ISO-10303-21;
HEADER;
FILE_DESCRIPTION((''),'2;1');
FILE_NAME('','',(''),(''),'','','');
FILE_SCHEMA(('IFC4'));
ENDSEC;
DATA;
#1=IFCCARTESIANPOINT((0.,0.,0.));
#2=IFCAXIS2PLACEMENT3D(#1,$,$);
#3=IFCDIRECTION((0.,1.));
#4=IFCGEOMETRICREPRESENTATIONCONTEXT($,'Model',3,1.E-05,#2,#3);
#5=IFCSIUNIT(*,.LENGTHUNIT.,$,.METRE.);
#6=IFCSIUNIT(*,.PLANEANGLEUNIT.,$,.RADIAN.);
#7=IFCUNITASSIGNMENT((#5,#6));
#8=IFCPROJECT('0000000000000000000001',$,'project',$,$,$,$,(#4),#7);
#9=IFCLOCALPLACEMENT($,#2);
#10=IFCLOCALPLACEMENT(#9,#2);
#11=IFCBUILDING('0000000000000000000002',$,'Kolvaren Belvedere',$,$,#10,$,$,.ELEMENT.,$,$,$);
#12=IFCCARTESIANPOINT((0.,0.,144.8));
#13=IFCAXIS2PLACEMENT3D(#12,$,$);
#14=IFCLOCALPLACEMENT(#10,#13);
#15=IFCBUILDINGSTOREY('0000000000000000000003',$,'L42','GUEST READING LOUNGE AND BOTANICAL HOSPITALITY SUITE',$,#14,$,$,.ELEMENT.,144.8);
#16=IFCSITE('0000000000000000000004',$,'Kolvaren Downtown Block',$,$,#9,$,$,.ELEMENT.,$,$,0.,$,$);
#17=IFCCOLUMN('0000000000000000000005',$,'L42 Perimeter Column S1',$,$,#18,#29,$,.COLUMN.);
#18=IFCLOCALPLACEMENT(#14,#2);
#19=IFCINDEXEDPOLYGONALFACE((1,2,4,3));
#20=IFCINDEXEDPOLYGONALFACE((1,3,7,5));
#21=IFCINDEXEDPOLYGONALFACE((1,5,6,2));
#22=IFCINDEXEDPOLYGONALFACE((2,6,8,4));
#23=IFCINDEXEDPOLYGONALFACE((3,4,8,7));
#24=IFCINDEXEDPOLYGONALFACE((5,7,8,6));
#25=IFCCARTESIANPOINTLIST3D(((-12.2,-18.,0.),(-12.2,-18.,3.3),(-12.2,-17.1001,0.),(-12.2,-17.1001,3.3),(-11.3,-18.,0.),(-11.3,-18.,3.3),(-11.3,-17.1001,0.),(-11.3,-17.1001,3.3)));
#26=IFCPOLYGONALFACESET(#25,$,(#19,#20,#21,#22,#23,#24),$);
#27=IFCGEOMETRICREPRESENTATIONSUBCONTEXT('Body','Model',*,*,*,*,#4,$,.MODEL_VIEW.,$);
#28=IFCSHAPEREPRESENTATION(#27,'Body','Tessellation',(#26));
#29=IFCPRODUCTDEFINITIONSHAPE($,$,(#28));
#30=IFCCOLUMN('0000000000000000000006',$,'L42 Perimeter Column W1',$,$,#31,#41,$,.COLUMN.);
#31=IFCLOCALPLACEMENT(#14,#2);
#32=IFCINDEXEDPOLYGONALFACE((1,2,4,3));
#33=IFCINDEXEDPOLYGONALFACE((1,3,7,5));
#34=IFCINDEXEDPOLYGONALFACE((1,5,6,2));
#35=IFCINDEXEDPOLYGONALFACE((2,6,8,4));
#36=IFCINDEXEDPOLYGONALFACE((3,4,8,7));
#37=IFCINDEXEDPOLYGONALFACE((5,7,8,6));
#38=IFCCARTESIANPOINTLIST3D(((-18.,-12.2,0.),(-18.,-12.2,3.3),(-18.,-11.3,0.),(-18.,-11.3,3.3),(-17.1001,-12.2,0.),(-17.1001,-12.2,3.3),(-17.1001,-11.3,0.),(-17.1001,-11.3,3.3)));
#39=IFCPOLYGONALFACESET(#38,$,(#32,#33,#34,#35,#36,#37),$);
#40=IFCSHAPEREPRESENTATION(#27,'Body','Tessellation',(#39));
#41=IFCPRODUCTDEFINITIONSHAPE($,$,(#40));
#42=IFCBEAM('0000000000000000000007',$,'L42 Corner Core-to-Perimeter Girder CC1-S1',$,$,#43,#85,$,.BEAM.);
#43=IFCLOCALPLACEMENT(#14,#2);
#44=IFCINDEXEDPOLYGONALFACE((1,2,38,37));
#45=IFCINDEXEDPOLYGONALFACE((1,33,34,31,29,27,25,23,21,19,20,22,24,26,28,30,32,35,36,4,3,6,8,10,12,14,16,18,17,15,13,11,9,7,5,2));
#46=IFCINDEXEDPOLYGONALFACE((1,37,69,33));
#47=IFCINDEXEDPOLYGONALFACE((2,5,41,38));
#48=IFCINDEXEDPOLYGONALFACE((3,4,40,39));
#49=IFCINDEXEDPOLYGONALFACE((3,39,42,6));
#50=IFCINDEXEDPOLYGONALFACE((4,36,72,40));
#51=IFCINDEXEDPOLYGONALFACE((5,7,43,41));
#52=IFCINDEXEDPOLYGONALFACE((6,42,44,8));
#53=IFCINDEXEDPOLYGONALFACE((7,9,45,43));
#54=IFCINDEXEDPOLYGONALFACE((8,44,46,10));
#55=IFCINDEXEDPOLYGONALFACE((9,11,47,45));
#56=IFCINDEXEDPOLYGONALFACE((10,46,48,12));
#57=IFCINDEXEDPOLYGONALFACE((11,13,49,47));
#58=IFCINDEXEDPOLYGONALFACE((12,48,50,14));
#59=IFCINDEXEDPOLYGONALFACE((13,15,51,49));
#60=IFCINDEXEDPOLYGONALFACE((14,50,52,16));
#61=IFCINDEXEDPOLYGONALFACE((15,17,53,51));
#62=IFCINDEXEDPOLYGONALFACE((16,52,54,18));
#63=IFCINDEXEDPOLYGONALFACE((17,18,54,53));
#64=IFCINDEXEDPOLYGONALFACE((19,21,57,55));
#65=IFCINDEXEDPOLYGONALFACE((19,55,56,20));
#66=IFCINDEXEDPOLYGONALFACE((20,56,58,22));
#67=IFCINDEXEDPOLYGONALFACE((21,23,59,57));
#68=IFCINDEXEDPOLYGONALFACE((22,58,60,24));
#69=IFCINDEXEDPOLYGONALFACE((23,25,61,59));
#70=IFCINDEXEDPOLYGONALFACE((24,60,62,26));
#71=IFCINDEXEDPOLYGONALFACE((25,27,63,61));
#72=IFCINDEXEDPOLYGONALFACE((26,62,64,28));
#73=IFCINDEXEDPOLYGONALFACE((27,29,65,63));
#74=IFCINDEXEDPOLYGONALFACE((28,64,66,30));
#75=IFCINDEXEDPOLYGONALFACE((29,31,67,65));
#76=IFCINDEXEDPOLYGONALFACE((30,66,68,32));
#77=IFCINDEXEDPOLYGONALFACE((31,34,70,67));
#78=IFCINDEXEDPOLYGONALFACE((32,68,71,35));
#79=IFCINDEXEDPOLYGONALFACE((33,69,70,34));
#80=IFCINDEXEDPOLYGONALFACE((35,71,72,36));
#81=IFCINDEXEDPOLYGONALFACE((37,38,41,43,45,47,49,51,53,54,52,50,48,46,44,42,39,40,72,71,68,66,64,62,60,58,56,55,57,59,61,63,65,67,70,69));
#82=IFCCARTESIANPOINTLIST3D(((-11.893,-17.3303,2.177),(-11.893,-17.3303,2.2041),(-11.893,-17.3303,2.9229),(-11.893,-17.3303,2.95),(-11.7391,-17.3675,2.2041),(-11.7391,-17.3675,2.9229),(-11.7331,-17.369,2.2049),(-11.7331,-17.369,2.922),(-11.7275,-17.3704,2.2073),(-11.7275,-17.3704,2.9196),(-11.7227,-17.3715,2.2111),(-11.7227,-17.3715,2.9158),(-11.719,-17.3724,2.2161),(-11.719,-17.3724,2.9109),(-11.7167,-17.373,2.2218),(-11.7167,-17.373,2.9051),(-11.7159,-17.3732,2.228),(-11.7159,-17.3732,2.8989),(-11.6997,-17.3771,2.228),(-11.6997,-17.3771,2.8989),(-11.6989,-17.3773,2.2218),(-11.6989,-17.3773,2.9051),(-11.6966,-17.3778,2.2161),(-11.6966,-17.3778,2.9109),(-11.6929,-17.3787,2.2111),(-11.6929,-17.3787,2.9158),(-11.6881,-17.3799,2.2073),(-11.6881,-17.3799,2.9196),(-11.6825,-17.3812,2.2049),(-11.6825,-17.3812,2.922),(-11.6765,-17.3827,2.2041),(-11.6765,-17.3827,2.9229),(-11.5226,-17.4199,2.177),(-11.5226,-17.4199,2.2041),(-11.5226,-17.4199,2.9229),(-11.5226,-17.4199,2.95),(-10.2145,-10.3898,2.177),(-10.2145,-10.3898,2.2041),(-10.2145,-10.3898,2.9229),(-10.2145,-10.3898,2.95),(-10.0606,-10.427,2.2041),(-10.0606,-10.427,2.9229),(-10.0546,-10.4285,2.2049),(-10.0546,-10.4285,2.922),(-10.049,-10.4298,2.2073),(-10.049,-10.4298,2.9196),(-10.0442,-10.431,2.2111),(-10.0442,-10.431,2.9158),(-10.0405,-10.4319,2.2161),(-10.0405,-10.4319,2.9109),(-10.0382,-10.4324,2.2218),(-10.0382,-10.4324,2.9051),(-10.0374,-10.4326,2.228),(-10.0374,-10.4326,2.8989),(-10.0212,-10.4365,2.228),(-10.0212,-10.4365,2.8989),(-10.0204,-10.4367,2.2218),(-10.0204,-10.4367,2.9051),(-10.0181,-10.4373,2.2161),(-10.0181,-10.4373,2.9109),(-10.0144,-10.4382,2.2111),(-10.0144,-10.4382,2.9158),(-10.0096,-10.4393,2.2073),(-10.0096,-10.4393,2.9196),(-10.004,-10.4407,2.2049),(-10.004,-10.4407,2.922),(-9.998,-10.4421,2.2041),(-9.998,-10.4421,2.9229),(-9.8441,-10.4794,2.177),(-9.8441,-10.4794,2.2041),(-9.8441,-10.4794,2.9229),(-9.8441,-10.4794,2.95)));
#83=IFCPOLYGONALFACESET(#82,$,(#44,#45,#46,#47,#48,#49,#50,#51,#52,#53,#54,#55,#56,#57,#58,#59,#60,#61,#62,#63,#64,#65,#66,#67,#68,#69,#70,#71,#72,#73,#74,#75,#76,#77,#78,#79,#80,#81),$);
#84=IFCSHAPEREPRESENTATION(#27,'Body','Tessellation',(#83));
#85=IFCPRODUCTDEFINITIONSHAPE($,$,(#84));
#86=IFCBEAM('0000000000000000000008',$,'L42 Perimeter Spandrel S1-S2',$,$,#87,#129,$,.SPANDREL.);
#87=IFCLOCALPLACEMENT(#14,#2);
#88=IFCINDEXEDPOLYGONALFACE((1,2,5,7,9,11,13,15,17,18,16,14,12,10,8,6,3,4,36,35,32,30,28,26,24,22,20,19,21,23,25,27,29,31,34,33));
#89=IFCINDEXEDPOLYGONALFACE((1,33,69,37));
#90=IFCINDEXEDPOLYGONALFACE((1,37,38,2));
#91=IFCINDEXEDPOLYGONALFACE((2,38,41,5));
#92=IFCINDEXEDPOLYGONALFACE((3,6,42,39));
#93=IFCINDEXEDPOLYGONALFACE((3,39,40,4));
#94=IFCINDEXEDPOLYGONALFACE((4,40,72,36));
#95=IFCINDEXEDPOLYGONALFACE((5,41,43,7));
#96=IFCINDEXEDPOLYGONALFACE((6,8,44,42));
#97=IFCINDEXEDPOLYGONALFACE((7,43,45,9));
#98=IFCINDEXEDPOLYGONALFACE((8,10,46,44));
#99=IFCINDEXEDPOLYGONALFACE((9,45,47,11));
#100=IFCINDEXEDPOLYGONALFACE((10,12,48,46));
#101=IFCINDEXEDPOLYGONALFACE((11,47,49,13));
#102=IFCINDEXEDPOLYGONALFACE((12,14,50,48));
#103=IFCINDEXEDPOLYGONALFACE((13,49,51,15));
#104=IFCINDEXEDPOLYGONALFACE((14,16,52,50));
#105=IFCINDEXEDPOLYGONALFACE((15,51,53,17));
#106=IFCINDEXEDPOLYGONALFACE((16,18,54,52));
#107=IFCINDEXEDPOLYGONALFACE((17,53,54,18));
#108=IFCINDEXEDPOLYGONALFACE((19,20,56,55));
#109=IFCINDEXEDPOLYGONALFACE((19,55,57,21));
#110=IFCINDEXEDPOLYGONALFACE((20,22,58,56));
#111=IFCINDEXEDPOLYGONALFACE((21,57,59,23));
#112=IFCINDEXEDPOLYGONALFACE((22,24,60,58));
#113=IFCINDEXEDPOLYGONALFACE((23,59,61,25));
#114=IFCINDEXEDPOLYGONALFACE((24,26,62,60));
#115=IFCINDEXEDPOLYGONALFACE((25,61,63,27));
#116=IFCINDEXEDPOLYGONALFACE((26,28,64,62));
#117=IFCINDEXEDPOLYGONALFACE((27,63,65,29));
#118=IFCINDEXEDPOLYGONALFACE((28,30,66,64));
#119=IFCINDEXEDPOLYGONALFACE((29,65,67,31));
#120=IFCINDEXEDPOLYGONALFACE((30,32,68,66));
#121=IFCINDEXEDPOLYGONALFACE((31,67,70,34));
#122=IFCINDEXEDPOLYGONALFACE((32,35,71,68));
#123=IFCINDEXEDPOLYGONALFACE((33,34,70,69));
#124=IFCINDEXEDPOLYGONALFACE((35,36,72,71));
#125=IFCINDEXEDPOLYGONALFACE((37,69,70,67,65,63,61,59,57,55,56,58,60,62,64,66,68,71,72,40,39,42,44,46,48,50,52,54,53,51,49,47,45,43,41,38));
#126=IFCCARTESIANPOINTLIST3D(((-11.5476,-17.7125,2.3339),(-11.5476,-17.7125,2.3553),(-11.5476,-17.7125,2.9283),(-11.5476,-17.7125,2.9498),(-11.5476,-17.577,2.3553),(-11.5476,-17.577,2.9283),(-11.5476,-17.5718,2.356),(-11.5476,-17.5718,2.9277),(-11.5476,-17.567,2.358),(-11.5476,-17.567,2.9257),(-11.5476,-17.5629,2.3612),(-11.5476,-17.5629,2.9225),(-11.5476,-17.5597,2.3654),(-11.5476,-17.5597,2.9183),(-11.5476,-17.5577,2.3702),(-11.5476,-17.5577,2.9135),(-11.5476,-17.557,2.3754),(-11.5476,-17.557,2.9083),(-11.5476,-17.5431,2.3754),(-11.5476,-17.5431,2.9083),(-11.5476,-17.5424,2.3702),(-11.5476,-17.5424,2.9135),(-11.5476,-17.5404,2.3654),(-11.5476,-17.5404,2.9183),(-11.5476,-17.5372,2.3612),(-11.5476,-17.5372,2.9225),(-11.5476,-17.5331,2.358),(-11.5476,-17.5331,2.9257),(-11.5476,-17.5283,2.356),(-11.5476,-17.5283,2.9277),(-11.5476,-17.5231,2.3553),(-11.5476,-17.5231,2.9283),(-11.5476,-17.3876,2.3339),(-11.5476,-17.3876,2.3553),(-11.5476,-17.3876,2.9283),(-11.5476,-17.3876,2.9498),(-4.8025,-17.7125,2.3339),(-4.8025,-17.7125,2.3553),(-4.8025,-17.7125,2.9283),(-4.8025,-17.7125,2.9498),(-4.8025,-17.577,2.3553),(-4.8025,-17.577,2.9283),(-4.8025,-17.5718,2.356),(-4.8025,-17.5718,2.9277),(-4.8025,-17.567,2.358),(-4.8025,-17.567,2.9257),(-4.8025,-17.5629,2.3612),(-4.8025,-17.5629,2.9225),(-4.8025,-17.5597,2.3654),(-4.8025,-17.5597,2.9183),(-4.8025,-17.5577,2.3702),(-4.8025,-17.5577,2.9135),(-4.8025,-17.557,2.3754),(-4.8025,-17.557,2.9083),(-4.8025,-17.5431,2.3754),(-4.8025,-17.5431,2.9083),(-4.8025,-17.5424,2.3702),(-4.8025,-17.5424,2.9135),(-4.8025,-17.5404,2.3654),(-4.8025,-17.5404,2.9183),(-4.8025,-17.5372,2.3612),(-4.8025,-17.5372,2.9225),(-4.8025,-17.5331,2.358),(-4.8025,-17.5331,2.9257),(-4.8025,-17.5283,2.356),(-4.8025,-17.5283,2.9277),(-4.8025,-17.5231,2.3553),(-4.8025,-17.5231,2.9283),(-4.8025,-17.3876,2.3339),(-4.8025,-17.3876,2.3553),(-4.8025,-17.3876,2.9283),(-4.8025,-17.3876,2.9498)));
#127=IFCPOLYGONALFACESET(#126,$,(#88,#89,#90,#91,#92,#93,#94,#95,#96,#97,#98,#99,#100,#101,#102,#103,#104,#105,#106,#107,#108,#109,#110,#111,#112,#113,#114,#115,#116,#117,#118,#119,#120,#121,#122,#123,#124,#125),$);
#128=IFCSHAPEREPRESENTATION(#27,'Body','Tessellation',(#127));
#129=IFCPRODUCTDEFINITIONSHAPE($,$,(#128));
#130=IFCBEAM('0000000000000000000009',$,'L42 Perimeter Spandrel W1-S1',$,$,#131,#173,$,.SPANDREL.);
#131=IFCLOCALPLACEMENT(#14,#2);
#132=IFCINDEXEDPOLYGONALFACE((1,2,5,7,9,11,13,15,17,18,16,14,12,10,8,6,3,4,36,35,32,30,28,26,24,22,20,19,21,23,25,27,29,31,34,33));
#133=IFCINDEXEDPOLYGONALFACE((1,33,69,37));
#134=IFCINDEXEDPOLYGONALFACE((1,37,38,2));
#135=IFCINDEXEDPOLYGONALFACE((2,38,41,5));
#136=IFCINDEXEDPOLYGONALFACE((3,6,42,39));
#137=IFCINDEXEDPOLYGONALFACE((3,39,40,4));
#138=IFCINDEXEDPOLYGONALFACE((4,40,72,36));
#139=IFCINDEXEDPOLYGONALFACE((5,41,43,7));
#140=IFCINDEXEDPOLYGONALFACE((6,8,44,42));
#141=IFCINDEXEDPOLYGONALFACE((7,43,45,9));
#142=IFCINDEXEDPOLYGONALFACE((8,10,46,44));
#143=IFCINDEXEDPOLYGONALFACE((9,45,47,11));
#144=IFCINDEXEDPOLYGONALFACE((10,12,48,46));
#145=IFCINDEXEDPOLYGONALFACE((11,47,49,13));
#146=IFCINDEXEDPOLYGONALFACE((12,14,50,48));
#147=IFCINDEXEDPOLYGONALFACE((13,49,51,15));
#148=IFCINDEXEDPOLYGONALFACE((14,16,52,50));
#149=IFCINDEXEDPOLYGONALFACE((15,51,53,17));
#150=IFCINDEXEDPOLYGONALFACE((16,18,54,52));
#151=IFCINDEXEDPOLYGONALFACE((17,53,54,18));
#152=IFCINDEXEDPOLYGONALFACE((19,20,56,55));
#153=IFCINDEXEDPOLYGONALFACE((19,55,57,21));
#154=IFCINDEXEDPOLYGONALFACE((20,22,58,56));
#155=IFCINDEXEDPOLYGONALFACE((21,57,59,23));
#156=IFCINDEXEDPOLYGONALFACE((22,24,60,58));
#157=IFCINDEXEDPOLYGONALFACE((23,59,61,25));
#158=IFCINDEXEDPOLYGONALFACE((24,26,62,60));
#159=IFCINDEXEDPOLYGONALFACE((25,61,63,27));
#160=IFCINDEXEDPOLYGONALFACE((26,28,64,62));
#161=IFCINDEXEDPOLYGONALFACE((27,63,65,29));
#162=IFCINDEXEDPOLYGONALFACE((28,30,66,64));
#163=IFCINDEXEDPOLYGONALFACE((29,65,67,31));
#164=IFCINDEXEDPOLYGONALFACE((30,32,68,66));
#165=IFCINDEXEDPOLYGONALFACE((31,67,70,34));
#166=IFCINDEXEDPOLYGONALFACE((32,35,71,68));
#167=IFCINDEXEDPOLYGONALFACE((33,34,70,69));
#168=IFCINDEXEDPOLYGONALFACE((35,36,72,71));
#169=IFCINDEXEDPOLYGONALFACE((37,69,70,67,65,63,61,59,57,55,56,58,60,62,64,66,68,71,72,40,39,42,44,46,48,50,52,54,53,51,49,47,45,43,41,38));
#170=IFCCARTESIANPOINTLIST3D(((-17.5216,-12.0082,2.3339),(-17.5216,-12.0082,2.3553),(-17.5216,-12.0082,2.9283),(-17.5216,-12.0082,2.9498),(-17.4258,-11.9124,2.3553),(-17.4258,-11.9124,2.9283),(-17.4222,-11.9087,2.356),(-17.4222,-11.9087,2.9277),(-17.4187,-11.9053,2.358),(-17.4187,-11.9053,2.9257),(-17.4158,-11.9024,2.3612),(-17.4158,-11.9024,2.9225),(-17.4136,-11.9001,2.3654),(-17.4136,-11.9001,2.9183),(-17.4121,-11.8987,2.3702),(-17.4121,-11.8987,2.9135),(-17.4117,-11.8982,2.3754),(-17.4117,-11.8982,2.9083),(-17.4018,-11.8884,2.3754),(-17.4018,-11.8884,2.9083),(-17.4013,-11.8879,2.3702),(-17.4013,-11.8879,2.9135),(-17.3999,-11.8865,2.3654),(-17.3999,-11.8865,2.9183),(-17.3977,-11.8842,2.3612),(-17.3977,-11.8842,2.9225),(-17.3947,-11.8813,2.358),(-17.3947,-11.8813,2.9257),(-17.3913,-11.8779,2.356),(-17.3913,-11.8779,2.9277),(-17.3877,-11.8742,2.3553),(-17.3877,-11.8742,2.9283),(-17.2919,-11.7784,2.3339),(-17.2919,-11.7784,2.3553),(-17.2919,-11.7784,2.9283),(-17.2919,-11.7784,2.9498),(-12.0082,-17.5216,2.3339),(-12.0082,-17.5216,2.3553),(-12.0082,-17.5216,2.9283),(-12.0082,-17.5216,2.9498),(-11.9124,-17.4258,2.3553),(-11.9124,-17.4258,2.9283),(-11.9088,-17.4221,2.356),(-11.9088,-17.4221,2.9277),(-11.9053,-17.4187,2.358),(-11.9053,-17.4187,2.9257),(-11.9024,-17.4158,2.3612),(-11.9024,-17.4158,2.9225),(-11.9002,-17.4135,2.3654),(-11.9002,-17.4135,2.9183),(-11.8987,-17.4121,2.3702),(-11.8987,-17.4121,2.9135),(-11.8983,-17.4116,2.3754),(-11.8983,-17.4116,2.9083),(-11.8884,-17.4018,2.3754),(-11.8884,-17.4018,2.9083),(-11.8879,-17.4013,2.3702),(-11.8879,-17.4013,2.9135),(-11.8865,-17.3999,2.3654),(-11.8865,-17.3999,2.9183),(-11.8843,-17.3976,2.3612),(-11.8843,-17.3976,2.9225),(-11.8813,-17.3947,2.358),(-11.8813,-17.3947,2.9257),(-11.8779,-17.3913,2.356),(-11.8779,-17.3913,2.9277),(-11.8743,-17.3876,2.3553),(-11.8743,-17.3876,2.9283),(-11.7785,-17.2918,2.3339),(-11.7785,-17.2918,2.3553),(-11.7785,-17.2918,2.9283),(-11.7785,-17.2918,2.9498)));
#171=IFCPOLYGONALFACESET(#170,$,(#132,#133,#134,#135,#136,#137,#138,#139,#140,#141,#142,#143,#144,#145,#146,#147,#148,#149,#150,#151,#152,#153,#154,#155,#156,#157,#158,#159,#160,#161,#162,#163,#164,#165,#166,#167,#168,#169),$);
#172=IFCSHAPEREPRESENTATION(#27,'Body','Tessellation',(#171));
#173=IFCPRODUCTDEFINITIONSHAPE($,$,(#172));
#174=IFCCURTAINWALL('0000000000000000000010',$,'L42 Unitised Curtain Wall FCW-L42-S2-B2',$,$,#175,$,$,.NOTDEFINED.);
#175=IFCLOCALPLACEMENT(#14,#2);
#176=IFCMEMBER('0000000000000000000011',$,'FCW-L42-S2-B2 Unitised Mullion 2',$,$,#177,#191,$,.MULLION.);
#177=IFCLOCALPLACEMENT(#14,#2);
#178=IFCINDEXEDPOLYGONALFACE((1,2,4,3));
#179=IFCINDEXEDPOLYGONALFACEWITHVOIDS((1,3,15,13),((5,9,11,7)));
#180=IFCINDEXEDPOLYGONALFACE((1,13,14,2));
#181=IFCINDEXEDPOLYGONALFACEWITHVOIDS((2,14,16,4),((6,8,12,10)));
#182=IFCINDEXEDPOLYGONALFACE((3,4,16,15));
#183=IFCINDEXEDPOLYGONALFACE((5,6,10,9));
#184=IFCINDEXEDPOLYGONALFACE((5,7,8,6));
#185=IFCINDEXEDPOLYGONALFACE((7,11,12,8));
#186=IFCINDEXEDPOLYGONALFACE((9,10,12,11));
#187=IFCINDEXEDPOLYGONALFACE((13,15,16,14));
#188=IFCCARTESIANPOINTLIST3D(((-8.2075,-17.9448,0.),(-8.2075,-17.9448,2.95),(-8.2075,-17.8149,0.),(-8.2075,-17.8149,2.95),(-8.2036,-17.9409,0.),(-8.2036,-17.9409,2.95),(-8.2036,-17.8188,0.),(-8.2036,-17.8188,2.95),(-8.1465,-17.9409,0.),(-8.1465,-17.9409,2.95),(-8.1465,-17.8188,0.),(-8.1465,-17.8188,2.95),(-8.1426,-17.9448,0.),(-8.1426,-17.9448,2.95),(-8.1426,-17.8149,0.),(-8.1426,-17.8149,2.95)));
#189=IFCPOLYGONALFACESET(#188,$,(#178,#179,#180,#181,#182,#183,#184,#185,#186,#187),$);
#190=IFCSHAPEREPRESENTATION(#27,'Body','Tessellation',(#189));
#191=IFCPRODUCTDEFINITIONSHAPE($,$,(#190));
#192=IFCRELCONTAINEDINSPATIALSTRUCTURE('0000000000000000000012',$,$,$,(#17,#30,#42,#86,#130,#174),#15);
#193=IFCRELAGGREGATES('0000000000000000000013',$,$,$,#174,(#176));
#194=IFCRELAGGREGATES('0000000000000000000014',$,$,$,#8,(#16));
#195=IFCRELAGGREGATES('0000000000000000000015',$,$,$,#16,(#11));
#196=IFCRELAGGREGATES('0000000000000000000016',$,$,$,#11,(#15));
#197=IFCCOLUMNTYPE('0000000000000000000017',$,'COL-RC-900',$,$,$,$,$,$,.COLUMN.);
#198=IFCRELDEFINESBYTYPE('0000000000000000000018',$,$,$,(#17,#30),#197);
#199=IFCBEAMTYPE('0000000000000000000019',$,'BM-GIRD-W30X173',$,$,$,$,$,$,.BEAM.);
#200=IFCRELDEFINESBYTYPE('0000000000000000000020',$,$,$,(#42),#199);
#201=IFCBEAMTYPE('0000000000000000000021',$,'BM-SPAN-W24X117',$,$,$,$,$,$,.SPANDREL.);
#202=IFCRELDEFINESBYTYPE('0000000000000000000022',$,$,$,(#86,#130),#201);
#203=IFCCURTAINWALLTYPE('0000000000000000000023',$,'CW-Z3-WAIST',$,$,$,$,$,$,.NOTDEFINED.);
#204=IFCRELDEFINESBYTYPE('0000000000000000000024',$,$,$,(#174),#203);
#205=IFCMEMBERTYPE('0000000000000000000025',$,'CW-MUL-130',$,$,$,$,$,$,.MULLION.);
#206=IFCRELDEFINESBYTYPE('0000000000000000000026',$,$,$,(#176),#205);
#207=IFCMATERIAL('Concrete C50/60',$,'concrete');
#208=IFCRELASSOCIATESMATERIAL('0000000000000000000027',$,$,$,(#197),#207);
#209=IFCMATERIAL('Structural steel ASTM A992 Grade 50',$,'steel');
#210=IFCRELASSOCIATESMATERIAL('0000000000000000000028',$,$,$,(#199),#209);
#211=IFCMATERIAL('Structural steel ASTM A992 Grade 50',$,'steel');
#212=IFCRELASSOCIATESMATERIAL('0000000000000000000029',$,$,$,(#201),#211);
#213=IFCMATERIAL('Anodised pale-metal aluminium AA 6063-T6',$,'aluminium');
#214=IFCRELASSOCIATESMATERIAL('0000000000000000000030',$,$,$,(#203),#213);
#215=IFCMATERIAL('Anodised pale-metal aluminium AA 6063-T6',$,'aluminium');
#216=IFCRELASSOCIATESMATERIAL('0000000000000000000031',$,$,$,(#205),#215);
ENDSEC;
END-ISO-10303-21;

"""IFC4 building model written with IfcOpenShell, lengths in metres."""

from ifc_helpers import new_model, si_unit, direction, frame, origin, origin_2d, place, context, subcontext, project, spatial, rectangle, hollow_rectangle, i_section, extrude, material, material_profile, profile_set, type_object, element, aggregate, save


model = new_model("IFC4")

# Units and contexts
model_context = context("Model", 3, precision=1e-05, world=origin(), true_north=direction((0.0, 1.0)))
body_context = subcontext(model_context, "Body", "Model", "MODEL_VIEW")
ifc_project = project(units=[si_unit("LENGTHUNIT", "METRE"), si_unit("PLANEANGLEUNIT", "RADIAN")], contexts=[model_context])

# Site, building, storey
site_placement = place(None, origin())
site = spatial("IfcSite", under=ifc_project, at=site_placement, Name="Kolvaren Downtown Block", CompositionType="ELEMENT", RefElevation=0.0)
building_placement = place(site_placement, origin())
building = spatial("IfcBuilding", under=site, at=building_placement, Name="Kolvaren Belvedere", CompositionType="ELEMENT")
storey_placement = place(building_placement, frame((0.0, 0.0, 144.8)))
storey = spatial("IfcBuildingStorey", under=building, at=storey_placement, Name="L42", Description="GUEST READING LOUNGE AND BOTANICAL HOSPITALITY SUITE", CompositionType="ELEMENT", Elevation=144.8)

# Columns
ifc_material_1 = material(Name="Concrete C50/60", Category="concrete")
ifc_material_profile_1 = material_profile(ifc_material_1, rectangle(XDim=0.8999, YDim=0.8999, at=origin_2d()), Name="RC 900X900")
ifc_profile_set_1 = profile_set([ifc_material_profile_1], Name="Concrete C50/60")
column_type = type_object("IfcColumnType", Name="COL-RC-900", PredefinedType="COLUMN", material=ifc_profile_set_1)
for number, where, z_axis, x_axis, name in (
    (1, (-11.75, -17.55, 0.0), (0.0, 0.0, 1.0), (1.0, 0.0, 0.0), "L42 Perimeter Column S1"),
    (2, (-17.55, -11.75, 0.0), (0.0, 0.0, 1.0), (1.0, 0.0, 0.0), "L42 Perimeter Column W1"),
):
    element("IfcColumn", number, at=place(storey_placement, frame(where, z_axis=z_axis, x_axis=x_axis)), inside=storey, type_object=column_type, Name=name, PredefinedType="COLUMN", context=body_context, shape_type="SweptSolid", body=[
        extrude(rectangle(XDim=0.8999, YDim=0.8999, at=origin_2d()), origin(), (0.0, 0.0, 1.0), 3.3),
    ])

# Beams
ifc_material_2 = material(Name="Structural steel ASTM A992 Grade 50", Category="steel")
ifc_material_profile_2 = material_profile(ifc_material_2, i_section(OverallWidth=0.3811, OverallDepth=0.7729, WebThickness=0.0166, FlangeThickness=0.0271, FilletRadius=0.0239, at=origin_2d()), Name="W30X173")
ifc_profile_set_2 = profile_set([ifc_material_profile_2], Name="Structural steel ASTM A992 Grade 50")
beam_type_1 = type_object("IfcBeamType", Name="BM-GIRD-W30X173", PredefinedType="BEAM", material=ifc_profile_set_2)
beam_1_placement = place(storey_placement, frame((-10.0293, -10.4346, 2.5635), z_axis=(-0.235063, -0.97198, 0.0), x_axis=(0.97198, -0.235063, 0.0)))
element("IfcBeam", 3, at=beam_1_placement, inside=storey, type_object=beam_type_1, Name="L42 Corner Core-to-Perimeter Girder CC1-S1", PredefinedType="BEAM", context=body_context, shape_type="SweptSolid", body=[
    extrude(i_section(OverallWidth=0.3811, OverallDepth=0.7729, WebThickness=0.0166, FlangeThickness=0.0271, FilletRadius=0.0239, at=origin_2d()), origin(), (0.0, 0.0, 1.0), 7.1406),
])
ifc_material_3 = material(Name="Structural steel ASTM A992 Grade 50", Category="steel")
ifc_material_profile_3 = material_profile(ifc_material_3, i_section(OverallWidth=0.325, OverallDepth=0.616, WebThickness=0.0139, FlangeThickness=0.0215, FilletRadius=0.02, at=origin_2d()), Name="W24X117")
ifc_profile_set_3 = profile_set([ifc_material_profile_3], Name="Structural steel ASTM A992 Grade 50")
beam_type_2 = type_object("IfcBeamType", Name="BM-SPAN-W24X117", PredefinedType="SPANDREL", material=ifc_profile_set_3)
beam_2_placement = place(storey_placement, frame((-11.5476, -17.55, 2.6418), z_axis=(1.0, 0.0, 0.0), x_axis=(0.0, 1.0, 0.0)))
element("IfcBeam", 4, at=beam_2_placement, inside=storey, type_object=beam_type_2, Name="L42 Perimeter Spandrel S1-S2", PredefinedType="SPANDREL", context=body_context, shape_type="SweptSolid", body=[
    extrude(i_section(OverallWidth=0.325, OverallDepth=0.616, WebThickness=0.0139, FlangeThickness=0.0215, FilletRadius=0.02, at=origin_2d()), origin(), (0.0, 0.0, 1.0), 6.7451),
])
beam_3_placement = place(storey_placement, frame((-17.4067, -11.8933, 2.6418), z_axis=(0.707107, -0.707107, 0.0), x_axis=(0.707107, 0.707107, 0.0)))
element("IfcBeam", 5, at=beam_3_placement, inside=storey, type_object=beam_type_2, Name="L42 Perimeter Spandrel W1-S1", PredefinedType="SPANDREL", context=body_context, shape_type="SweptSolid", body=[
    extrude(i_section(OverallWidth=0.325, OverallDepth=0.616, WebThickness=0.0139, FlangeThickness=0.0215, FilletRadius=0.02, at=origin_2d()), origin(), (0.0, 0.0, 1.0), 7.7971),
])

# Curtain wall, member
ifc_material_4 = material(Name="Anodised pale-metal aluminium AA 6063-T6", Category="aluminium")
curtain_wall_type = type_object("IfcCurtainWallType", Name="CW-Z3-WAIST", PredefinedType="NOTDEFINED", material=ifc_material_4)
curtain_wall_1_placement = place(storey_placement, origin())
curtain_wall_1 = element("IfcCurtainWall", 6, at=curtain_wall_1_placement, inside=storey, type_object=curtain_wall_type, Name="L42 Unitised Curtain Wall FCW-L42-S2-B2", PredefinedType="NOTDEFINED")
ifc_material_5 = material(Name="Anodised pale-metal aluminium AA 6063-T6", Category="aluminium")
ifc_material_profile_4 = material_profile(ifc_material_5, hollow_rectangle(XDim=0.0649, YDim=0.1299, WallThickness=0.0039, at=origin_2d()), Name="ALU-MUL-130X65")
ifc_profile_set_4 = profile_set([ifc_material_profile_4], Name="Anodised pale-metal aluminium AA 6063-T6")
member_type_1 = type_object("IfcMemberType", Name="CW-MUL-130", PredefinedType="MULLION", material=ifc_profile_set_4)
member_1_placement = place(storey_placement, frame((-8.175, -17.8799, 0.0), z_axis=(0.0, 0.0, 1.0), x_axis=(1.0, 0.0, 0.0)))
member_1 = element("IfcMember", 7, at=member_1_placement, type_object=member_type_1, Name="FCW-L42-S2-B2 Unitised Mullion 2", PredefinedType="MULLION", context=body_context, shape_type="SweptSolid", body=[
    extrude(hollow_rectangle(XDim=0.0649, YDim=0.1299, WallThickness=0.0039, at=origin_2d()), origin(), (0.0, 0.0, 1.0), 2.95),
])

aggregate(curtain_wall_1, [member_1])

save(model, "model.ifc")
